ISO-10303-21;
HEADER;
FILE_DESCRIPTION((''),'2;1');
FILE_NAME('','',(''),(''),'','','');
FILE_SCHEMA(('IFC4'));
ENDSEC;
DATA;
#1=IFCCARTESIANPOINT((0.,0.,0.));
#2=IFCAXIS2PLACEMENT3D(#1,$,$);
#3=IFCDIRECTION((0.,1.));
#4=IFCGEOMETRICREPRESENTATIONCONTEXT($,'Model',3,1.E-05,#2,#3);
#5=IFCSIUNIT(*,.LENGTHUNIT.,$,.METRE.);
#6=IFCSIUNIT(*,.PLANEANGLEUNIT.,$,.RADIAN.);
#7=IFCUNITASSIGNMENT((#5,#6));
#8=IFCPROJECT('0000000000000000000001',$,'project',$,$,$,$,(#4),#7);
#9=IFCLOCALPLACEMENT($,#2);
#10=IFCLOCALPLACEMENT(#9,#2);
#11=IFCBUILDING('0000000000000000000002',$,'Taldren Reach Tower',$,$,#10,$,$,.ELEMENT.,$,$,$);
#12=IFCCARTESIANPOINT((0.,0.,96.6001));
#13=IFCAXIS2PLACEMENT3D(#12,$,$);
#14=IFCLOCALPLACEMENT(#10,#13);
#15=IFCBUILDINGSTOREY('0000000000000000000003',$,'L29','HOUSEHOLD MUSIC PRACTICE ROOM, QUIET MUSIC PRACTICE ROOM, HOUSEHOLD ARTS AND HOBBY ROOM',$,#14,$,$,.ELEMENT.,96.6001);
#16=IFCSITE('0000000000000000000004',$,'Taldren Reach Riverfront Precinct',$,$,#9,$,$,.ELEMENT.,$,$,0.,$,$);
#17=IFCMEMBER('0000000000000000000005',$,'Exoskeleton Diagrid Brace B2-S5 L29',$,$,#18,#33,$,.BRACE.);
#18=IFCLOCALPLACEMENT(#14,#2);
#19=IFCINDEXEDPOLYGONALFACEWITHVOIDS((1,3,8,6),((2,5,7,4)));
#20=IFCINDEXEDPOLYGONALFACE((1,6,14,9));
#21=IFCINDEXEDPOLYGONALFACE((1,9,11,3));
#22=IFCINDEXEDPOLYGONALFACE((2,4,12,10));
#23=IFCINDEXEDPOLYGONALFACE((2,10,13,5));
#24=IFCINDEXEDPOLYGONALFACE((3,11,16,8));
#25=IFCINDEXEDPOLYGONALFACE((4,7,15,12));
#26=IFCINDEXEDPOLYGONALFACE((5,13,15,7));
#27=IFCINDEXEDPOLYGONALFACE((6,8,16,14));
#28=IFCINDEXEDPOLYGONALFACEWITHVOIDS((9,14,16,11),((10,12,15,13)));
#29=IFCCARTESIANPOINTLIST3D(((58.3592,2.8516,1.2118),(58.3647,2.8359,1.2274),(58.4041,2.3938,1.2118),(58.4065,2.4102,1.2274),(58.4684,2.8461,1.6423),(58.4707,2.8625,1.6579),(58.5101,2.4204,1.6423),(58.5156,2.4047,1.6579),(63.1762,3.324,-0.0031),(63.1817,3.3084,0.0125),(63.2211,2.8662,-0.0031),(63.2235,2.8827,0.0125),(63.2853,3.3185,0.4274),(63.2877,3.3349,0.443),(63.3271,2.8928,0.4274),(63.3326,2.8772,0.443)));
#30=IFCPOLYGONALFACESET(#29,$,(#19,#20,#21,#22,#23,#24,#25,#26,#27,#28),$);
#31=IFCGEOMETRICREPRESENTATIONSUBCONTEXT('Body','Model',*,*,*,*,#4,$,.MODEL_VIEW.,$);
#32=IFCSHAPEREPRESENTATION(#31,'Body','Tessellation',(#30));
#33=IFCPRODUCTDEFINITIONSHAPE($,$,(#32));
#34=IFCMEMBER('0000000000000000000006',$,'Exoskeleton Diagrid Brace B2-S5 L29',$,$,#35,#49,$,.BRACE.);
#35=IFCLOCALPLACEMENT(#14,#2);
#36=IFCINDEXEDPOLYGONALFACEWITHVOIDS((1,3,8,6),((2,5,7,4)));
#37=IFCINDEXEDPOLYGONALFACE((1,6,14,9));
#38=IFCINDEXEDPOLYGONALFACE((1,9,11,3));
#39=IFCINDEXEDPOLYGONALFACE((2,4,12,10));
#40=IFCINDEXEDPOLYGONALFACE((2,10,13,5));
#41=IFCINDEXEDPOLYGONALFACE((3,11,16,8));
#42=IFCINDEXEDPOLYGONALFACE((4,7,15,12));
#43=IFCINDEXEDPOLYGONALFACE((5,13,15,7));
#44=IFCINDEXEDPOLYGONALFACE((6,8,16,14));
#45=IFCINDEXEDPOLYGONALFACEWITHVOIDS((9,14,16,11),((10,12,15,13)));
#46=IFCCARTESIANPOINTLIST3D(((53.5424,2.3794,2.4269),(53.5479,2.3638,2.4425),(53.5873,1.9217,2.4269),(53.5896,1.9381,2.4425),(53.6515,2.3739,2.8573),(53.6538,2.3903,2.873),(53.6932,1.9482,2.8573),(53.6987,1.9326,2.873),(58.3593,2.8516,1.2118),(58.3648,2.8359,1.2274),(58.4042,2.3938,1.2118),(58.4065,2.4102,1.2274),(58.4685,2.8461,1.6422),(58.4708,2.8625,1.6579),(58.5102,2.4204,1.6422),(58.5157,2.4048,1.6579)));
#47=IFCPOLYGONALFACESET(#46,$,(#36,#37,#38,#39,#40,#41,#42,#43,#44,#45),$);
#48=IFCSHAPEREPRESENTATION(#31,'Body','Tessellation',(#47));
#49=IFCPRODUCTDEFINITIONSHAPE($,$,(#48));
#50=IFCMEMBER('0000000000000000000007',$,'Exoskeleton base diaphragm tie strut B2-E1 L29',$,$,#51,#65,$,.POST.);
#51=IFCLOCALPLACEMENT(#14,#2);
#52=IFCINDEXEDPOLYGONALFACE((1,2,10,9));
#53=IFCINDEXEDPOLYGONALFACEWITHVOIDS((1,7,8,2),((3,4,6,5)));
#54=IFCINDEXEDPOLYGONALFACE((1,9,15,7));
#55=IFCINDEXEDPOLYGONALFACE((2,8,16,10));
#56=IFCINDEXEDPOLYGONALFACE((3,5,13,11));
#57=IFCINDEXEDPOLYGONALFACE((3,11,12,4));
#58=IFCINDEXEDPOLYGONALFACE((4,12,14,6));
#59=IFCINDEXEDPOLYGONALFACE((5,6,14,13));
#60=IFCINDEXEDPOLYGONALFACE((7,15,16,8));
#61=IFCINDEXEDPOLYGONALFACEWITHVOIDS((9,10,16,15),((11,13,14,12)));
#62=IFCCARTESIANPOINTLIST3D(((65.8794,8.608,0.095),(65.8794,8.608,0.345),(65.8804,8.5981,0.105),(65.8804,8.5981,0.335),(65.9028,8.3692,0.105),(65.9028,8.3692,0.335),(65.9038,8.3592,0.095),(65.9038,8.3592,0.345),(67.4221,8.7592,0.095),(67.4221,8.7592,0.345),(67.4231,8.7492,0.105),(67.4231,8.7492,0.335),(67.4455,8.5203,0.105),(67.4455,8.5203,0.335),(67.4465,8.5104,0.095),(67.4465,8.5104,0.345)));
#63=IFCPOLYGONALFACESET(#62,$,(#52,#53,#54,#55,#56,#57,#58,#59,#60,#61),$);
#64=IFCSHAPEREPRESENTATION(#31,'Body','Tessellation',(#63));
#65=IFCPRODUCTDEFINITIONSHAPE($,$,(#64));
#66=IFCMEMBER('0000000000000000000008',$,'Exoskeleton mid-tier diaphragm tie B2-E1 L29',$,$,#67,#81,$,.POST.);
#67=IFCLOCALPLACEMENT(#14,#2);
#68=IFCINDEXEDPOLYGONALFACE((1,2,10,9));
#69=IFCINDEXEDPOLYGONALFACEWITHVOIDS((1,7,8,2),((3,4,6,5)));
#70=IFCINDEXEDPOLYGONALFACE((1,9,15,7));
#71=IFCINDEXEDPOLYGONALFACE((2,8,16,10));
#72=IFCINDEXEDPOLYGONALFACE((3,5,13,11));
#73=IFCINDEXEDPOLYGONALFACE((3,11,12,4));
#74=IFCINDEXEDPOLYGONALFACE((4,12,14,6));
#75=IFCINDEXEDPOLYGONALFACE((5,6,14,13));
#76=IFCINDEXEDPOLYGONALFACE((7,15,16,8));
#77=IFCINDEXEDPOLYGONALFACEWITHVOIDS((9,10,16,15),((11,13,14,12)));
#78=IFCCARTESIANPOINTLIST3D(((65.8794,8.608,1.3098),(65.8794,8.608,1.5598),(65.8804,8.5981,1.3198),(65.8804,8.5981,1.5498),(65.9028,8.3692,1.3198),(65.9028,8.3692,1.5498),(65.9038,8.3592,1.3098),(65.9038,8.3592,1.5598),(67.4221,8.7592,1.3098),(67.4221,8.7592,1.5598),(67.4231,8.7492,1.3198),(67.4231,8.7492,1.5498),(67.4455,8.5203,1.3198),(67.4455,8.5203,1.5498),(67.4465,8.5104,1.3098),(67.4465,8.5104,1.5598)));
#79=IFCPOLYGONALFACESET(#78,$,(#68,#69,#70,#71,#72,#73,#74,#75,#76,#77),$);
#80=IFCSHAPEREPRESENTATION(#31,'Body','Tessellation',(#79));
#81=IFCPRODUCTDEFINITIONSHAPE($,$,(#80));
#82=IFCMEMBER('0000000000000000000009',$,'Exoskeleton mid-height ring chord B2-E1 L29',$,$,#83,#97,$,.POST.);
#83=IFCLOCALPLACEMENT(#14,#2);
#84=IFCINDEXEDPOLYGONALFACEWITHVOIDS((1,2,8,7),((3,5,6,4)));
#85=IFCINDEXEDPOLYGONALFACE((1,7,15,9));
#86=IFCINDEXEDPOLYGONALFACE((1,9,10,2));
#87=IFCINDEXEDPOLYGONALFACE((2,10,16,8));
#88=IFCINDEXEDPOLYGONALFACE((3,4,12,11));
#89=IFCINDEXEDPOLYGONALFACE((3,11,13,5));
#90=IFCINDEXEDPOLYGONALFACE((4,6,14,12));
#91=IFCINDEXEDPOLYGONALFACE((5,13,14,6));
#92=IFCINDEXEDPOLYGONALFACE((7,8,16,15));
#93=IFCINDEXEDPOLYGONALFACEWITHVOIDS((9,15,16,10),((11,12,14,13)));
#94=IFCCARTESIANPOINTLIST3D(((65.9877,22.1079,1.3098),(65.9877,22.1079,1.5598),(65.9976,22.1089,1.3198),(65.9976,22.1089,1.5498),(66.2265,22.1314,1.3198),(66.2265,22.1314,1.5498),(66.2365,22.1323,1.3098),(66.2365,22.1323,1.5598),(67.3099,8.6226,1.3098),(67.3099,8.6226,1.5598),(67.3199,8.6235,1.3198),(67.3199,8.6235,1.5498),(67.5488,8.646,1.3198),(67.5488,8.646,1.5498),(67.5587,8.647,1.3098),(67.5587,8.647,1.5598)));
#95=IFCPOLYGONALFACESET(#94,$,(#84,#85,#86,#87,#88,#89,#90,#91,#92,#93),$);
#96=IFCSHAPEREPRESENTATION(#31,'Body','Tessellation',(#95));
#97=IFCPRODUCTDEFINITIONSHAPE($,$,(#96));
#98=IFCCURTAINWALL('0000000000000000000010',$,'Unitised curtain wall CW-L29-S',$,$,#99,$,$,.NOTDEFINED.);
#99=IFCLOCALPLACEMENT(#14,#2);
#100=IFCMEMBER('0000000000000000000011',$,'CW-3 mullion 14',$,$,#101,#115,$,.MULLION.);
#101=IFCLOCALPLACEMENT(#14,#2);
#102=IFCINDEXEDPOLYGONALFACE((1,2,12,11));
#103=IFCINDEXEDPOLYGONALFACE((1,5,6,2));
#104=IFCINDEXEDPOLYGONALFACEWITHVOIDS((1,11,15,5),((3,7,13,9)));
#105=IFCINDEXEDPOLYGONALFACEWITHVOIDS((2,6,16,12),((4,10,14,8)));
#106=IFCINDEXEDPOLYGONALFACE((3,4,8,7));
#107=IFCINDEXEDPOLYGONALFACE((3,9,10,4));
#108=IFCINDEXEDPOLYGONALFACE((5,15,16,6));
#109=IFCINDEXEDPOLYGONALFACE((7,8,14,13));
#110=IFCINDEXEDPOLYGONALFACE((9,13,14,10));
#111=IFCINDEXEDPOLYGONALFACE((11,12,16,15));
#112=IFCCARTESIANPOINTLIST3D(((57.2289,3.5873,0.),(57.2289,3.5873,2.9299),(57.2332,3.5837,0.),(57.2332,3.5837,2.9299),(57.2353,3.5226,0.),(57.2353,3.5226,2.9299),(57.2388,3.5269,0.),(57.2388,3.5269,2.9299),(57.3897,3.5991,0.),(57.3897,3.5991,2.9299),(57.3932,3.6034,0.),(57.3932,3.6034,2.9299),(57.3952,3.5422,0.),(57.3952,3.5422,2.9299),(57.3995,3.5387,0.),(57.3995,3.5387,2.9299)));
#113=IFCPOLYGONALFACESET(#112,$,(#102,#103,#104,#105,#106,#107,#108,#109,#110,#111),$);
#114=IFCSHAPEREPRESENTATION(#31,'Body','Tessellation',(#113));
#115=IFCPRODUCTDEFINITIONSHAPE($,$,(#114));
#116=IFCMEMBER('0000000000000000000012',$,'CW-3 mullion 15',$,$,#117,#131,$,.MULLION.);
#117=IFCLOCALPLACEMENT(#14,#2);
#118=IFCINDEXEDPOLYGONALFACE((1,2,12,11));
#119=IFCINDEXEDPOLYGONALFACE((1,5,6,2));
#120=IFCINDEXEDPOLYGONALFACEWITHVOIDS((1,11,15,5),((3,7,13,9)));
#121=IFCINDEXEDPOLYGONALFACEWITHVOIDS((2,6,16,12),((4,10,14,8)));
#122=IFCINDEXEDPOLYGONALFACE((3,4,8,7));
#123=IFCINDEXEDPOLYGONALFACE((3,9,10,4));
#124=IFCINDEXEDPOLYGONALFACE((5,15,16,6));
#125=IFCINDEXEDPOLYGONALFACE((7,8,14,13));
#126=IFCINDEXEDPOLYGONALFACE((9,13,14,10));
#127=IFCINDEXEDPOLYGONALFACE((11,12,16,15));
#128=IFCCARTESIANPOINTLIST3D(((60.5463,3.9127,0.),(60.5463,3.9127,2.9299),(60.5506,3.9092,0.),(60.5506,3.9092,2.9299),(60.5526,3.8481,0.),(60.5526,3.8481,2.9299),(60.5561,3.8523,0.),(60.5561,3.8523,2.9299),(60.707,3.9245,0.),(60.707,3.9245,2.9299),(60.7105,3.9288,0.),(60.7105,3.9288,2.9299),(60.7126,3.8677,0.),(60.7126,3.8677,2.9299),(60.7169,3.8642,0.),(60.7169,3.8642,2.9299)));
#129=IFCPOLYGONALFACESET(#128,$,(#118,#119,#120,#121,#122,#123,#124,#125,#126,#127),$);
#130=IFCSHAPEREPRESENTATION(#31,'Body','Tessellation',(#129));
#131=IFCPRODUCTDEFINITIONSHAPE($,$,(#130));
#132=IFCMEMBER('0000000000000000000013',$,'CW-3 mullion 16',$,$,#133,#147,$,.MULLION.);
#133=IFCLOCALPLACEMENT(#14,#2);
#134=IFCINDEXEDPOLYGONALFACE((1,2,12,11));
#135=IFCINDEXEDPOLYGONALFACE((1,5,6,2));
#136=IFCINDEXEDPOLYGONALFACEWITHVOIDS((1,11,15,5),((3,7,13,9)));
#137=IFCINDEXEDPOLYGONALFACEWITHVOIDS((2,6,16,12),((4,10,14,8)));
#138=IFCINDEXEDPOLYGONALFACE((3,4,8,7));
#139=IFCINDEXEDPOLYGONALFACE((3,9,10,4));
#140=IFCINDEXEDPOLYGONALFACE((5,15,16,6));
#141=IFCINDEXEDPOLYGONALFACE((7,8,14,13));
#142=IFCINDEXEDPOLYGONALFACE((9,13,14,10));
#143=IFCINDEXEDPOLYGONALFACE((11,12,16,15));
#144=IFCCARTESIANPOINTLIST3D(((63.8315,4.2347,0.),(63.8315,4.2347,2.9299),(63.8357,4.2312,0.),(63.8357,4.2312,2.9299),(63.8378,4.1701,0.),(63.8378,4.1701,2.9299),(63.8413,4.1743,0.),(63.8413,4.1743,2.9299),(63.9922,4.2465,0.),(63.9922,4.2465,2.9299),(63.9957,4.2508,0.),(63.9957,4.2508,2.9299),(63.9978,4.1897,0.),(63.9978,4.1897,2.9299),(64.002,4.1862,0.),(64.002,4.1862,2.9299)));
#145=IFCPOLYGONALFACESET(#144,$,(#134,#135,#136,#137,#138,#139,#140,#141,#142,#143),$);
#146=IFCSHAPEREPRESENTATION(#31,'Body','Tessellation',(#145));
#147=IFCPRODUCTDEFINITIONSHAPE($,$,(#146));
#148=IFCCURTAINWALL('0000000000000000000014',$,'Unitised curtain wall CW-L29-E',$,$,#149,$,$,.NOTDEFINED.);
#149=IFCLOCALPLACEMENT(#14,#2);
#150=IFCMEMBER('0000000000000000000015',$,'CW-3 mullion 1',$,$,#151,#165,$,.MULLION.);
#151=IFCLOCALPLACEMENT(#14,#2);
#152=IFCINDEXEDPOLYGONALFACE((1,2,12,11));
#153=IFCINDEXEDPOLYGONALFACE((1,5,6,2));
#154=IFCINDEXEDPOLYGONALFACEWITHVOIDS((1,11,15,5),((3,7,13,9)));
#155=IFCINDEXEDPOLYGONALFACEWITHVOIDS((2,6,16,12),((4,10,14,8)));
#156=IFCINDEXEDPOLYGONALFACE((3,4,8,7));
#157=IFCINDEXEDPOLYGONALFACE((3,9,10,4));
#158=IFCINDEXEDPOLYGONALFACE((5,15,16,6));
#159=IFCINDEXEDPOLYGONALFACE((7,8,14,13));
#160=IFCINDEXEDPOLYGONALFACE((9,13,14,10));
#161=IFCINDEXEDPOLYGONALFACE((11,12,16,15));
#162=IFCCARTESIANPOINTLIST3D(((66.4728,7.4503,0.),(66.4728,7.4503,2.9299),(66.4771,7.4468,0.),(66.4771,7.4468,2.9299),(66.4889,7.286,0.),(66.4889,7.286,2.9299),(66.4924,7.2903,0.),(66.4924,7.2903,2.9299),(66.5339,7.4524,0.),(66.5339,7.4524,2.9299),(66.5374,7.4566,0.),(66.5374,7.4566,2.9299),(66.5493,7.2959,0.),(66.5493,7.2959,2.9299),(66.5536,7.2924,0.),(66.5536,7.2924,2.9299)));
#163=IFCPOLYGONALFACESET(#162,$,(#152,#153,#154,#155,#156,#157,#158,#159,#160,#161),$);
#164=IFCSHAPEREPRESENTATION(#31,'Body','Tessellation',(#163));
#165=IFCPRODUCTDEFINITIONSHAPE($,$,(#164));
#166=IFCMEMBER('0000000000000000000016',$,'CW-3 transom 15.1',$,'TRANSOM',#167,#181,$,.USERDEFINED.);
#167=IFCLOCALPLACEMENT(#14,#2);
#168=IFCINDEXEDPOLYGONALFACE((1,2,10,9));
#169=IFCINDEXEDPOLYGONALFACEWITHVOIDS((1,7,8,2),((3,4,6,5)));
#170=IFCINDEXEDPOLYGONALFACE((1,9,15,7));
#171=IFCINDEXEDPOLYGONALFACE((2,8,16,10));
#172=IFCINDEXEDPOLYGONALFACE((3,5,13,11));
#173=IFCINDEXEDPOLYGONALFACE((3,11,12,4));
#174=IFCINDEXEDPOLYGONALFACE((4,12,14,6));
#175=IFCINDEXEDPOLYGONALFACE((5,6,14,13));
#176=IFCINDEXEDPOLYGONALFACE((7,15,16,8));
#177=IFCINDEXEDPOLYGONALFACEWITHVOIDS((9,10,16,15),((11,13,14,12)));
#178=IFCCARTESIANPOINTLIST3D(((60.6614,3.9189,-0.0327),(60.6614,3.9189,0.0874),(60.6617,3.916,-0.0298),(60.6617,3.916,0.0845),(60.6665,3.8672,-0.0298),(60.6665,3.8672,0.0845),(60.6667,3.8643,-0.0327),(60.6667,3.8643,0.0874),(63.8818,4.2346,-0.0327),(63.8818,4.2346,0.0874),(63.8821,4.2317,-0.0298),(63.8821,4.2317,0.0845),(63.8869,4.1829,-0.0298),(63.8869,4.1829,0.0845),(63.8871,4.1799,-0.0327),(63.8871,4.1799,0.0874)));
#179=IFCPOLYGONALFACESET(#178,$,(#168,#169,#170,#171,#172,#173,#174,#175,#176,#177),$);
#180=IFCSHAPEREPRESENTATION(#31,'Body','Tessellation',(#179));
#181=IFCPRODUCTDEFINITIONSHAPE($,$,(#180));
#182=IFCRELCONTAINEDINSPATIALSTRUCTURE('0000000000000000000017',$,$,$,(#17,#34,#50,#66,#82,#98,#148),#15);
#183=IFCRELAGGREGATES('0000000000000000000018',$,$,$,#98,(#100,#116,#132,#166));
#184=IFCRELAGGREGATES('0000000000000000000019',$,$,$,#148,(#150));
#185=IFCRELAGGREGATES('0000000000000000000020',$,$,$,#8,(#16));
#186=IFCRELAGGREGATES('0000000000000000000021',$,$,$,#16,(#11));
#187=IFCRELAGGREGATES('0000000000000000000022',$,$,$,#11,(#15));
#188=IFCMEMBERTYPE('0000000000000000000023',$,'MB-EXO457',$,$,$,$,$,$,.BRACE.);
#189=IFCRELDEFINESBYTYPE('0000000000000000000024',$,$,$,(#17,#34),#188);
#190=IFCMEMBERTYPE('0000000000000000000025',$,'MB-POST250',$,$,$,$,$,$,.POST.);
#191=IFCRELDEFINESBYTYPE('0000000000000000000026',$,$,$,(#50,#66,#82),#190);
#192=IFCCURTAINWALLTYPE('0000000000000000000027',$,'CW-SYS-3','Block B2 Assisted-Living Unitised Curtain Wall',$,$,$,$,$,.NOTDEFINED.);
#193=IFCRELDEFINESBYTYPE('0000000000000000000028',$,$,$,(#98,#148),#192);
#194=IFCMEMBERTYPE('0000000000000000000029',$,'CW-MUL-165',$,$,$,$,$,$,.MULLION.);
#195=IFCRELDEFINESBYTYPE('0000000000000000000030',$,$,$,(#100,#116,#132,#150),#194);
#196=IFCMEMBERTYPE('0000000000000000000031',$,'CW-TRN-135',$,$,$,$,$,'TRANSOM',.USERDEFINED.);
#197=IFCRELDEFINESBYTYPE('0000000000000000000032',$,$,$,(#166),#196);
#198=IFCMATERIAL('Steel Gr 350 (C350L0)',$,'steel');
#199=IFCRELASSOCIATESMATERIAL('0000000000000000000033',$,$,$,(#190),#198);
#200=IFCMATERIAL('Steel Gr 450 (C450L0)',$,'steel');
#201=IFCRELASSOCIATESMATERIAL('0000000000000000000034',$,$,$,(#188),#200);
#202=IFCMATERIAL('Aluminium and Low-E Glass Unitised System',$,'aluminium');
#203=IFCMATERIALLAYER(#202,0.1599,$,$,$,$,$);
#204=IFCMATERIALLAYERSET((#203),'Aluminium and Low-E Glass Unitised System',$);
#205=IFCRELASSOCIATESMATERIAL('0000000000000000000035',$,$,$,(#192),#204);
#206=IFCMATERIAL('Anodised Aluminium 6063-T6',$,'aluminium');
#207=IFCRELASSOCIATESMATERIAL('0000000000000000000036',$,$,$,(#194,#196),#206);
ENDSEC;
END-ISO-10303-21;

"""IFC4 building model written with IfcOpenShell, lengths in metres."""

from ifc_helpers import new_model, si_unit, direction, frame, origin, origin_2d, place, context, subcontext, project, spatial, hollow_rectangle, extrude, source, transform, mapped, material, layer, layer_set, material_profile, profile_set, type_object, element, aggregate, save


model = new_model("IFC4")

# Units and contexts
model_context = context("Model", 3, precision=1e-05, world=origin(), true_north=direction((0.0, 1.0)))
body_context = subcontext(model_context, "Body", "Model", "MODEL_VIEW")
ifc_project = project(units=[si_unit("LENGTHUNIT", "METRE"), si_unit("PLANEANGLEUNIT", "RADIAN")], contexts=[model_context])

# Site, building, storey
site_placement = place(None, origin())
site = spatial("IfcSite", under=ifc_project, at=site_placement, Name="Taldren Reach Riverfront Precinct", CompositionType="ELEMENT", RefElevation=0.0)
building_placement = place(site_placement, origin())
building = spatial("IfcBuilding", under=site, at=building_placement, Name="Taldren Reach Tower", CompositionType="ELEMENT")
storey_placement = place(building_placement, frame((0.0, 0.0, 96.6001)))
storey = spatial("IfcBuildingStorey", under=building, at=storey_placement, Name="L29", Description="HOUSEHOLD MUSIC PRACTICE ROOM, QUIET MUSIC PRACTICE ROOM, HOUSEHOLD ARTS AND HOBBY ROOM", CompositionType="ELEMENT", Elevation=96.6001)

# Shared definitions
ifc_material_1 = material(Name="Steel Gr 450 (C450L0)", Category="steel")
ifc_material_2 = material(Name="Steel Gr 350 (C350L0)", Category="steel")
ifc_material_profile_1 = material_profile(ifc_material_2, hollow_rectangle(XDim=0.25, YDim=0.25, WallThickness=0.01, at=origin_2d()), Name="250x250x10.0SHS")
ifc_profile_set_1 = profile_set([ifc_material_profile_1], Name="Steel Gr 350 (C350L0)")
member_type_1 = type_object("IfcMemberType", Name="MB-POST250", PredefinedType="POST", material=ifc_profile_set_1)

# Members
ifc_material_profile_2 = material_profile(ifc_material_1, hollow_rectangle(XDim=0.46, YDim=0.46, WallThickness=0.0161, at=origin_2d()), Name="460x460x16.0SHS")
ifc_profile_set_2 = profile_set([ifc_material_profile_2], Name="Steel Gr 450 (C450L0)")
member_type_2 = type_object("IfcMemberType", Name="MB-EXO457", PredefinedType="BRACE", material=ifc_profile_set_2)
shared_shape_1 = source(origin(), body_context, "Body", "SweptSolid", [
    extrude(hollow_rectangle(XDim=0.46, YDim=0.46, WallThickness=0.0161, at=origin_2d()), origin(), (0.0, 0.0, 1.0), 4.9902),
])
for number, where, z_axis, x_axis, name in (
    (1, (63.2544, 3.1006, 0.22), (-0.965283, -0.094669, 0.243449), (0.097606, -0.995225, 0.0), "Exoskeleton Diagrid Brace B2-S5 L29"),
    (2, (58.4375, 2.6282, 1.4348), (-0.965276, -0.09462, 0.243496), (0.097556, -0.99523, 0.0), "Exoskeleton Diagrid Brace B2-S5 L29"),
):
    element("IfcMember", number, at=place(storey_placement, frame(where, z_axis=z_axis, x_axis=x_axis)), inside=storey, type_object=member_type_2, Name=name, PredefinedType="BRACE", context=body_context, shape_type="MappedRepresentation", body=[
        mapped(shared_shape_1, transform((0.0, 0.0, 0.0), scale=1.0)),
    ])
shared_shape_2 = source(origin(), body_context, "Body", "SweptSolid", [
    extrude(hollow_rectangle(XDim=0.25, YDim=0.25, WallThickness=0.01, at=origin_2d()), origin(), (0.0, 0.0, 1.0), 1.55),
])
for number, where, z_axis, x_axis, name in (
    (3, (65.8916, 8.4836, 0.22), (0.995236, 0.097492, 0.0), (-0.097492, 0.995236, 0.0), "Exoskeleton base diaphragm tie strut B2-E1 L29"),
    (4, (65.8916, 8.4836, 1.4348), (0.995236, 0.097492, 0.0), (-0.097492, 0.995236, 0.0), "Exoskeleton mid-tier diaphragm tie B2-E1 L29"),
):
    element("IfcMember", number, at=place(storey_placement, frame(where, z_axis=z_axis, x_axis=x_axis)), inside=storey, type_object=member_type_1, Name=name, PredefinedType="POST", context=body_context, shape_type="MappedRepresentation", body=[
        mapped(shared_shape_2, transform((0.0, 0.0, 0.0), scale=1.0)),
    ])
shared_shape_3 = source(origin(), body_context, "Body", "SweptSolid", [
    extrude(hollow_rectangle(XDim=0.25, YDim=0.25, WallThickness=0.01, at=origin_2d()), origin(), (0.0, 0.0, 1.0), 13.55),
])
member_1_placement = place(storey_placement, frame((67.4343, 8.6348, 1.4348), z_axis=(-0.097584, 0.995227, 0.0), x_axis=(-0.995227, -0.097584, 0.0)))
element("IfcMember", 5, at=member_1_placement, inside=storey, type_object=member_type_1, Name="Exoskeleton mid-height ring chord B2-E1 L29", PredefinedType="POST", context=body_context, shape_type="MappedRepresentation", body=[
    mapped(shared_shape_3, transform((0.0, 0.0, 0.0), scale=1.0)),
])

# Curtain wall, members
ifc_material_3 = material(Name="Aluminium and Low-E Glass Unitised System", Category="aluminium")
ifc_layer_1 = layer(ifc_material_3, 0.1599)
ifc_layer_set_1 = layer_set([ifc_layer_1], Name="Aluminium and Low-E Glass Unitised System")
curtain_wall_type = type_object("IfcCurtainWallType", Name="CW-SYS-3", Description="Block B2 Assisted-Living Unitised Curtain Wall", PredefinedType="NOTDEFINED", material=ifc_layer_set_1)
curtain_wall_1_placement = place(storey_placement, origin())
curtain_wall_1 = element("IfcCurtainWall", 6, at=curtain_wall_1_placement, inside=storey, type_object=curtain_wall_type, Name="Unitised curtain wall CW-L29-S", PredefinedType="NOTDEFINED")
ifc_material_4 = material(Name="Anodised Aluminium 6063-T6", Category="aluminium")
ifc_material_profile_3 = material_profile(ifc_material_4, hollow_rectangle(XDim=0.0649, YDim=0.165, WallThickness=0.0039, at=origin_2d()), Name="ALU-165x65x4RHS")
ifc_profile_set_3 = profile_set([ifc_material_profile_3], Name="Anodised Aluminium 6063-T6")
member_type_3 = type_object("IfcMemberType", Name="CW-MUL-165", PredefinedType="MULLION", material=ifc_profile_set_3)
shared_shape_4 = source(origin(), body_context, "Body", "SweptSolid", [
    extrude(hollow_rectangle(XDim=0.0649, YDim=0.165, WallThickness=0.0039, at=origin_2d()), origin(), (0.0, 0.0, 1.0), 2.9299),
])
member_2_placement = place(storey_placement, frame((57.3142, 3.563, 0.0), z_axis=(0.0, 0.0, 1.0), x_axis=(-0.097583, 0.995227, 0.0)))
member_2 = element("IfcMember", 7, at=member_2_placement, type_object=member_type_3, Name="CW-3 mullion 14", PredefinedType="MULLION", context=body_context, shape_type="MappedRepresentation", body=[
    mapped(shared_shape_4, transform((0.0, 0.0, 0.0), scale=1.0)),
])
member_3_placement = place(storey_placement, frame((60.6316, 3.8884, 0.0), z_axis=(0.0, 0.0, 1.0), x_axis=(-0.097583, 0.995227, 0.0)))
member_3 = element("IfcMember", 8, at=member_3_placement, type_object=member_type_3, Name="CW-3 mullion 15", PredefinedType="MULLION", context=body_context, shape_type="MappedRepresentation", body=[
    mapped(shared_shape_4, transform((0.0, 0.0, 0.0), scale=1.0)),
])
member_4_placement = place(storey_placement, frame((63.9167, 4.2104, 0.0), z_axis=(0.0, 0.0, 1.0), x_axis=(-0.097583, 0.995227, 0.0)))
member_4 = element("IfcMember", 9, at=member_4_placement, type_object=member_type_3, Name="CW-3 mullion 16", PredefinedType="MULLION", context=body_context, shape_type="MappedRepresentation", body=[
    mapped(shared_shape_4, transform((0.0, 0.0, 0.0), scale=1.0)),
])

# Curtain wall, member
curtain_wall_2_placement = place(storey_placement, origin())
curtain_wall_2 = element("IfcCurtainWall", 10, at=curtain_wall_2_placement, inside=storey, type_object=curtain_wall_type, Name="Unitised curtain wall CW-L29-E", PredefinedType="NOTDEFINED")
member_5_placement = place(storey_placement, frame((66.5132, 7.3713, 0.0), z_axis=(0.0, 0.0, 1.0), x_axis=(-0.995227, -0.097583, 0.0)))
member_5 = element("IfcMember", 11, at=member_5_placement, type_object=member_type_3, Name="CW-3 mullion 1", PredefinedType="MULLION", context=body_context, shape_type="MappedRepresentation", body=[
    mapped(shared_shape_4, transform((0.0, 0.0, 0.0), scale=1.0)),
])

# Member
ifc_material_profile_4 = material_profile(ifc_material_4, hollow_rectangle(XDim=0.0549, YDim=0.1201, WallThickness=0.0029, at=origin_2d()), Name="ALU-120x55x3RHS")
ifc_profile_set_4 = profile_set([ifc_material_profile_4], Name="Anodised Aluminium 6063-T6")
member_type_4 = type_object("IfcMemberType", Name="CW-TRN-135", ElementType="TRANSOM", PredefinedType="USERDEFINED", material=ifc_profile_set_4)
shared_shape_5 = source(origin(), body_context, "Body", "SweptSolid", [
    extrude(hollow_rectangle(XDim=0.0549, YDim=0.1201, WallThickness=0.0029, at=origin_2d()), origin(), (0.0, 0.0, 1.0), 3.2358),
])
member_6_placement = place(storey_placement, frame((60.6641, 3.8916, 0.0273), z_axis=(0.99523, 0.097554, 0.0), x_axis=(-0.097554, 0.99523, 0.0)))
member_6 = element("IfcMember", 12, at=member_6_placement, type_object=member_type_4, Name="CW-3 transom 15.1", ObjectType="TRANSOM", PredefinedType="USERDEFINED", context=body_context, shape_type="MappedRepresentation", body=[
    mapped(shared_shape_5, transform((0.0, 0.0, 0.0), scale=1.0)),
])

aggregate(curtain_wall_1, [member_2, member_3, member_4, member_6])
aggregate(curtain_wall_2, [member_5])

save(model, "model.ifc")
